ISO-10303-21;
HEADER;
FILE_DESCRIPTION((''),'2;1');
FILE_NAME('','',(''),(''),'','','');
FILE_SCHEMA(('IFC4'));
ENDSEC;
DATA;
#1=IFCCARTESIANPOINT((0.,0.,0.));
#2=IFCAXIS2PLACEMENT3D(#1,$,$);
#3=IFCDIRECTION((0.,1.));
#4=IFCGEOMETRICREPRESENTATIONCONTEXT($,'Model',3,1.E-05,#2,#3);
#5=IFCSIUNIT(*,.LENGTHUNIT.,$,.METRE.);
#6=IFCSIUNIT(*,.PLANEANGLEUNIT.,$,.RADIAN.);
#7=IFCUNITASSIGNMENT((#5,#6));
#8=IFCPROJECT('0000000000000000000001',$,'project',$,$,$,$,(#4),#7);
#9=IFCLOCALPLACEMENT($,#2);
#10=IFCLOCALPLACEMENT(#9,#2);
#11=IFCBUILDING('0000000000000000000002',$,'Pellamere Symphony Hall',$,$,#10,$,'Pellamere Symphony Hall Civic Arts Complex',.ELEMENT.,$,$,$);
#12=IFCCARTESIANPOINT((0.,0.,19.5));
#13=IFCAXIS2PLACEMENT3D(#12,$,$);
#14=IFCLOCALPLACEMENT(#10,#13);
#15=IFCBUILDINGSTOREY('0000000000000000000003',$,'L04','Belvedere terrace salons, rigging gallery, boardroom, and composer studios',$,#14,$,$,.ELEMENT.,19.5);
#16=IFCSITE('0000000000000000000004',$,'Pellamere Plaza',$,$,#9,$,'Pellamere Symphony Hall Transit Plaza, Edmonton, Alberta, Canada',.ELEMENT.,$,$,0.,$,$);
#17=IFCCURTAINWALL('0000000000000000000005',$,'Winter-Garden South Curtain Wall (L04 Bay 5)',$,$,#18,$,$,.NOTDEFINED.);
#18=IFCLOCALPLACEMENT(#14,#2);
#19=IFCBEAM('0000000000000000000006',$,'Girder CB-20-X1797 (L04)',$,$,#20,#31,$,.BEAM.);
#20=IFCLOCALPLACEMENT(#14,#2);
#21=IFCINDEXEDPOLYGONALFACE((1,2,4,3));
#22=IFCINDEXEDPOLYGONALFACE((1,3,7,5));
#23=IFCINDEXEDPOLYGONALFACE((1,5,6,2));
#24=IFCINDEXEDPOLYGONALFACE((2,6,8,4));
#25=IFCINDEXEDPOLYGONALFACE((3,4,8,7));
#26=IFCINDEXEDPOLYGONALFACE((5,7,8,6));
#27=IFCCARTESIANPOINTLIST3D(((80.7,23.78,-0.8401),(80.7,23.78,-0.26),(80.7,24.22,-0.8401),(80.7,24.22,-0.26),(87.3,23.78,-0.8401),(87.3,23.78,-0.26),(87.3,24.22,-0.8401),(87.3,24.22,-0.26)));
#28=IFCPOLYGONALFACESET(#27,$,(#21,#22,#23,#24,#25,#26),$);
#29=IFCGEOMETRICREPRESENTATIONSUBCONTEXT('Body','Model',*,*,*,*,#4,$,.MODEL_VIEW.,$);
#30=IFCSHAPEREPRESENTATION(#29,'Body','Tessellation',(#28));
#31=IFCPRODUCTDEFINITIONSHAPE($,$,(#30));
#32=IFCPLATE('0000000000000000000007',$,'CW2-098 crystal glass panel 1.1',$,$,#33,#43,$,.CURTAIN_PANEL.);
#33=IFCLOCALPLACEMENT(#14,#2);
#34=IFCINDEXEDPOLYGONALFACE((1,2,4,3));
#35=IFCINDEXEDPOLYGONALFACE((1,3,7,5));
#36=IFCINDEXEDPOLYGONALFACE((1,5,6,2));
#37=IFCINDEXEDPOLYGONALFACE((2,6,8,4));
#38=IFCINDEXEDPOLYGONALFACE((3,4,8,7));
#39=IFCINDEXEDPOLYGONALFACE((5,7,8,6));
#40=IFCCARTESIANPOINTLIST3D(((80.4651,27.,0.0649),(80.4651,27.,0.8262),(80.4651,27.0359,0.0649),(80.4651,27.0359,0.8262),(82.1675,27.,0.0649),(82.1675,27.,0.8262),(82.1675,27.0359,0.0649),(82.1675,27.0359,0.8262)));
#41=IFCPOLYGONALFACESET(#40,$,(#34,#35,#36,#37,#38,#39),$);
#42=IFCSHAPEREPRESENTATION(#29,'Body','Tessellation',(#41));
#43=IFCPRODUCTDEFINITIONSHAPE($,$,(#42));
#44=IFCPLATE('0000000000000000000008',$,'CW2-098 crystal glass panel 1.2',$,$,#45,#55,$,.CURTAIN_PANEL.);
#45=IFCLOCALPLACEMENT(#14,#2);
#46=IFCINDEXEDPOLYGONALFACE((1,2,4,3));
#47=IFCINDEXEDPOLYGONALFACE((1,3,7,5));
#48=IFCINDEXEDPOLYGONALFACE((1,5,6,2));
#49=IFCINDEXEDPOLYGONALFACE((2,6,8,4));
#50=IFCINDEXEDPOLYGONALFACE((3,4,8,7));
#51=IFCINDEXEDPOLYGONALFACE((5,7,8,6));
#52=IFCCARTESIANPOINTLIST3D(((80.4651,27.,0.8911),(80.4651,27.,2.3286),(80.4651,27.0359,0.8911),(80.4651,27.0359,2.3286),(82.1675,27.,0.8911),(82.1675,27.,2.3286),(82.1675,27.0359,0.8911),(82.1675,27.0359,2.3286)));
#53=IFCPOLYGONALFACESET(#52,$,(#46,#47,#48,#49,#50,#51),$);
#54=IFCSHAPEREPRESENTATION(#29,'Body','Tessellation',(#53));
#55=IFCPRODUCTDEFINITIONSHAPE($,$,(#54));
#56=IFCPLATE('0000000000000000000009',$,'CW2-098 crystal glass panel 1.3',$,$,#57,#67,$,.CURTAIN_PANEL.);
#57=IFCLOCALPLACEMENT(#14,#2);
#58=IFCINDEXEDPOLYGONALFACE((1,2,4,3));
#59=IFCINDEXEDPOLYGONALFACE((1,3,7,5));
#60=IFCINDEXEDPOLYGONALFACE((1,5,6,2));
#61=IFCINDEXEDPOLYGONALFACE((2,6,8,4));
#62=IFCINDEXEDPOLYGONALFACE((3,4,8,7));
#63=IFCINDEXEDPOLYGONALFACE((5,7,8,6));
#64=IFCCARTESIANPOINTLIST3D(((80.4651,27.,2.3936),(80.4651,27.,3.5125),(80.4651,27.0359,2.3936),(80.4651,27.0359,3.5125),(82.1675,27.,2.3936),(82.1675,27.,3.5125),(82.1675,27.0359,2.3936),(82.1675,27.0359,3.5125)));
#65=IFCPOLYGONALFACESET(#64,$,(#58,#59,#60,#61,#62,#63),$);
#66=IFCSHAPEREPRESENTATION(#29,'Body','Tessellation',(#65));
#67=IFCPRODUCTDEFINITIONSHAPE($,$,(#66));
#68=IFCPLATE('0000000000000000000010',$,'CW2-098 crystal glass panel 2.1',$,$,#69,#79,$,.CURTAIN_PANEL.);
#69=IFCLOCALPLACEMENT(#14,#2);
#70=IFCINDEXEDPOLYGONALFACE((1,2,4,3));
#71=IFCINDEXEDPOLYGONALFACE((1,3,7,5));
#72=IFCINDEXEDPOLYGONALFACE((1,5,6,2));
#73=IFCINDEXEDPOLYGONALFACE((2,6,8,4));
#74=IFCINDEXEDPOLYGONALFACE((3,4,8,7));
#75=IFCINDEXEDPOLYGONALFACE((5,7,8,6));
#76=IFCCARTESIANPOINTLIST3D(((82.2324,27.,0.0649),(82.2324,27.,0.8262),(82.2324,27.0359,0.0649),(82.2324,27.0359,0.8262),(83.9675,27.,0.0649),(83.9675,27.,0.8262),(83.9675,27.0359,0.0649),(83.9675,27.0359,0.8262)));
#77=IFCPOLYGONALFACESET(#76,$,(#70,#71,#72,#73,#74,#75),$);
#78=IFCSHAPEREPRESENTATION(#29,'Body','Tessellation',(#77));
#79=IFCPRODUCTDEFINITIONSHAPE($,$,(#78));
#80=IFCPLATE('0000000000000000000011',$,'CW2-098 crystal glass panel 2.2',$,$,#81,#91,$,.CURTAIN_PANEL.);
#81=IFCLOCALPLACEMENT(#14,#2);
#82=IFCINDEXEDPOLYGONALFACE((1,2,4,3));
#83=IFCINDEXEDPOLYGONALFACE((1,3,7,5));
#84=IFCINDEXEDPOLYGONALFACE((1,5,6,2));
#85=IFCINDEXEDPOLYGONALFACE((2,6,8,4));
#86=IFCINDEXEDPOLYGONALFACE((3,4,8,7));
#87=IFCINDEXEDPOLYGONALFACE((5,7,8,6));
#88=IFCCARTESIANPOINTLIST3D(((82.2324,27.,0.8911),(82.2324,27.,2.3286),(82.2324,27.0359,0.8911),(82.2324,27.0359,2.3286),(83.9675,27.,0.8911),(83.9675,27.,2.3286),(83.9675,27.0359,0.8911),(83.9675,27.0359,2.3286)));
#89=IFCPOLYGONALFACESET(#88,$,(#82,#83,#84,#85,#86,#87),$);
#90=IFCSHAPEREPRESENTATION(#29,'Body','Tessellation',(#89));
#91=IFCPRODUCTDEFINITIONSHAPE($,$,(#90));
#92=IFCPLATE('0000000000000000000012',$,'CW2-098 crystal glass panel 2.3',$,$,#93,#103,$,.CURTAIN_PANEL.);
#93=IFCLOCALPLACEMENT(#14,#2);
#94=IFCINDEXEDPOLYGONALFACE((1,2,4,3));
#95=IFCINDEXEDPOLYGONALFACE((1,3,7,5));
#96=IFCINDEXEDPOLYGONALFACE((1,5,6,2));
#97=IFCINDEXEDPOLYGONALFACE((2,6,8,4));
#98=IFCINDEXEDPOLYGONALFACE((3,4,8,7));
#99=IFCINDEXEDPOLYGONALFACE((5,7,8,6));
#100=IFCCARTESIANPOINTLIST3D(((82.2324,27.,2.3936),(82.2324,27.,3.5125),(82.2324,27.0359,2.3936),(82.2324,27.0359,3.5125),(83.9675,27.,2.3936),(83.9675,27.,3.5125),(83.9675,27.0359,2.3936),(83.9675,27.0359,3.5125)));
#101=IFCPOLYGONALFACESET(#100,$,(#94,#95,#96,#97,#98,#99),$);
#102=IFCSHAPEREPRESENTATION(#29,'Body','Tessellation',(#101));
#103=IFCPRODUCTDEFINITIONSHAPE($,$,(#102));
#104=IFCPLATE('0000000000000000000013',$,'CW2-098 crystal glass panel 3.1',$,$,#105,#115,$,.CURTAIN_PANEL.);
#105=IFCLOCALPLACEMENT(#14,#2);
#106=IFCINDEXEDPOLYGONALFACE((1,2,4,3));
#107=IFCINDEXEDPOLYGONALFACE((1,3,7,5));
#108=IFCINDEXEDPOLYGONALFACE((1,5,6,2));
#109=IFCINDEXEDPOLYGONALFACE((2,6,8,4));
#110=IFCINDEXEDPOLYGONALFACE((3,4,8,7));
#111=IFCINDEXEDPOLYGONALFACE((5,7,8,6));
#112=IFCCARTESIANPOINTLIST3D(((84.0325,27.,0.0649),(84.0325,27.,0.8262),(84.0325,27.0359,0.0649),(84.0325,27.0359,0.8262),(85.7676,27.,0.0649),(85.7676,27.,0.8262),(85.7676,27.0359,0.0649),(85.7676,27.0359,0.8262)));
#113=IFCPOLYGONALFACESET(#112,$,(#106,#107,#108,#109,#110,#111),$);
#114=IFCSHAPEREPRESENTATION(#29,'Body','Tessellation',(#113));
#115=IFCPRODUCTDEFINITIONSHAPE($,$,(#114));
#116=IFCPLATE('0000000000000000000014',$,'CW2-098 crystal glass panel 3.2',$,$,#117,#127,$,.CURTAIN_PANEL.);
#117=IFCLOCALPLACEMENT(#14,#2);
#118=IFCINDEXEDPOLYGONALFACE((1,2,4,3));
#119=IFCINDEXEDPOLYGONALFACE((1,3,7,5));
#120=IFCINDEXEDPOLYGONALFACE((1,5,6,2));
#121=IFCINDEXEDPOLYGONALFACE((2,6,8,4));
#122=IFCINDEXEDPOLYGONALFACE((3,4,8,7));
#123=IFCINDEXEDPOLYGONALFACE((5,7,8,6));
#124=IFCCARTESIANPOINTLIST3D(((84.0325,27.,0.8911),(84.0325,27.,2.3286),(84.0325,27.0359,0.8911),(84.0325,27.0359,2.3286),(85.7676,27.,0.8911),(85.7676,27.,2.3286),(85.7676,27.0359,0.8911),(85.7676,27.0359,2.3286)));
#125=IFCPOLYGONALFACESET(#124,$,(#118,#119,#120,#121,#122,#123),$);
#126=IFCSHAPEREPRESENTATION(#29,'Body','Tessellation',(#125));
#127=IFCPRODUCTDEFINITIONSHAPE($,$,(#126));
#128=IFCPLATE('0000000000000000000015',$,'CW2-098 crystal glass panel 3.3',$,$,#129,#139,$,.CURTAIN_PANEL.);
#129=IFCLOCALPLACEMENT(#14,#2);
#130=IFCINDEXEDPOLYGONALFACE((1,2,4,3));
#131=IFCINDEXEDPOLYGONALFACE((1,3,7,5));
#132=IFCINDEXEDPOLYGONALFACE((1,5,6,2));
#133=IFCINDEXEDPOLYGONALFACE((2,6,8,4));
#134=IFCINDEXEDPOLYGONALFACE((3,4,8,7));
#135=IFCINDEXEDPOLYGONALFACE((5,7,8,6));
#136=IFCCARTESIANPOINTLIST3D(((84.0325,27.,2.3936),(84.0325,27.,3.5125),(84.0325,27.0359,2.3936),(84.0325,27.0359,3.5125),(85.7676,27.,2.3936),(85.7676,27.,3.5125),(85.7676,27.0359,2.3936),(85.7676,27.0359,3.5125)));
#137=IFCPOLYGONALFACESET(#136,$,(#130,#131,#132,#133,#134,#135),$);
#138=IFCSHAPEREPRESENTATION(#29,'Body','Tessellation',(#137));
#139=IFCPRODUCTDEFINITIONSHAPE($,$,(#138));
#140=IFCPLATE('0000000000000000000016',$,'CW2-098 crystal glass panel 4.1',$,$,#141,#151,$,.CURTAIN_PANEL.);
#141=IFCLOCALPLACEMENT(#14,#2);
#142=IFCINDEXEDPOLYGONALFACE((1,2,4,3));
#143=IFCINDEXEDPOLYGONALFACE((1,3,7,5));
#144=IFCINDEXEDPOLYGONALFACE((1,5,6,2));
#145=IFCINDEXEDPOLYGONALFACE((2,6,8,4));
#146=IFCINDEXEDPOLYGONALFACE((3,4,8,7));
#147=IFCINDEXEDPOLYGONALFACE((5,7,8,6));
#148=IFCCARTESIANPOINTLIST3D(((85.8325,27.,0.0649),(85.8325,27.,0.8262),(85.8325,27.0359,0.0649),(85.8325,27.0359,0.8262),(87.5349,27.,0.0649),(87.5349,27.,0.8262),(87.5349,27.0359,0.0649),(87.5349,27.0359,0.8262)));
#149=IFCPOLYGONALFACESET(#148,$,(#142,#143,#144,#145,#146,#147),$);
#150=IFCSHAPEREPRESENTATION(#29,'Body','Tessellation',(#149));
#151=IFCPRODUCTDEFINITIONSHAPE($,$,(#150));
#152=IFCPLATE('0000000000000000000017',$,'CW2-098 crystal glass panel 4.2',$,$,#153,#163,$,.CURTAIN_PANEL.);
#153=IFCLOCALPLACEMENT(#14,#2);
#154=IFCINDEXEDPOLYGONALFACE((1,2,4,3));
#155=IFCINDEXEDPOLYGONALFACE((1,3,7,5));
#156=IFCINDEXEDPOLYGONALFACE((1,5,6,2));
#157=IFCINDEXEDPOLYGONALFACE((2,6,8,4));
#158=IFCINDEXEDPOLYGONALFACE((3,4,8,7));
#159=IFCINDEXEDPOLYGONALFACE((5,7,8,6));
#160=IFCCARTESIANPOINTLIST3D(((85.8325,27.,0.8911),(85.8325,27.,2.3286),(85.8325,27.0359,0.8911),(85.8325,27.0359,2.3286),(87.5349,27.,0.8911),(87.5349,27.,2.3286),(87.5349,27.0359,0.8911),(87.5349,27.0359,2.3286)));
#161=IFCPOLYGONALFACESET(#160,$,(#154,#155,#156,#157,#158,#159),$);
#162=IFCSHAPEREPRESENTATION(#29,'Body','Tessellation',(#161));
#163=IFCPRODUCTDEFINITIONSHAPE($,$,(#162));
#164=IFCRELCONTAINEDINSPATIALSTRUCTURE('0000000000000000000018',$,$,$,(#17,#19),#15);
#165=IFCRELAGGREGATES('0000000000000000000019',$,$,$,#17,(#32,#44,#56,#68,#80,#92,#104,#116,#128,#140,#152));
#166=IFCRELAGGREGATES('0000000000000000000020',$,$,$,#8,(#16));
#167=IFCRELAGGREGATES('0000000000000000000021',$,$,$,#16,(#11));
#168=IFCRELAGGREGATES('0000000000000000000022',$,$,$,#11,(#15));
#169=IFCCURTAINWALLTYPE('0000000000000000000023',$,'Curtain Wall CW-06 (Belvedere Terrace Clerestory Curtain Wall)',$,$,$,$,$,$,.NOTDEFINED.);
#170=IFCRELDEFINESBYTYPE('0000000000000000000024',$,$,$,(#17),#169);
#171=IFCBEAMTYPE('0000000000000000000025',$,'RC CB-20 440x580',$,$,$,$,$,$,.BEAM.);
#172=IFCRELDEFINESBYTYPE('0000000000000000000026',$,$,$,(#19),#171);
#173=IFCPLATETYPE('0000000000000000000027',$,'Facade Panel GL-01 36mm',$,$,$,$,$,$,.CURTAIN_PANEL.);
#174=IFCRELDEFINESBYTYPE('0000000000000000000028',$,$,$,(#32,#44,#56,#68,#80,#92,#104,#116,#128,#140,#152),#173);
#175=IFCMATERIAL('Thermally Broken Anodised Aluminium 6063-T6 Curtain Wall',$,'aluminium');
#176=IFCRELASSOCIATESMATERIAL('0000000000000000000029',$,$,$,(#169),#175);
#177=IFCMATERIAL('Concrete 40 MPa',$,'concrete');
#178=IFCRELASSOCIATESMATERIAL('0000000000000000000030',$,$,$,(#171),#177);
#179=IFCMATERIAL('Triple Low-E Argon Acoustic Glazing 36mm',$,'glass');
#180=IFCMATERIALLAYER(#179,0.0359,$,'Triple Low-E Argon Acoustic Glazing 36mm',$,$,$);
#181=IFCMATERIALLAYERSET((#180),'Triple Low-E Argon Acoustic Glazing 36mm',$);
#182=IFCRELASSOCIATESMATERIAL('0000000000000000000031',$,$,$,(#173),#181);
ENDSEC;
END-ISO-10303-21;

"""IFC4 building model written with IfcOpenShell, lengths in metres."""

from ifc_helpers import new_model, si_unit, direction, frame, origin, origin_2d, place, context, subcontext, project, spatial, polyline, rectangle, outline, extrude, material, layer, layer_set, material_profile, profile_set, type_object, element, aggregate, save


model = new_model("IFC4")

# Units and contexts
model_context = context("Model", 3, precision=1e-05, world=origin(), true_north=direction((0.0, 1.0)))
body_context = subcontext(model_context, "Body", "Model", "MODEL_VIEW")
ifc_project = project(units=[si_unit("LENGTHUNIT", "METRE"), si_unit("PLANEANGLEUNIT", "RADIAN")], contexts=[model_context])

# Site, building, storey
site_placement = place(None, origin())
site = spatial("IfcSite", under=ifc_project, at=site_placement, Name="Pellamere Plaza", LongName="Pellamere Symphony Hall Transit Plaza, Edmonton, Alberta, Canada", CompositionType="ELEMENT", RefElevation=0.0)
building_placement = place(site_placement, origin())
building = spatial("IfcBuilding", under=site, at=building_placement, Name="Pellamere Symphony Hall", LongName="Pellamere Symphony Hall Civic Arts Complex", CompositionType="ELEMENT")
storey_placement = place(building_placement, frame((0.0, 0.0, 19.5)))
storey = spatial("IfcBuildingStorey", under=building, at=storey_placement, Name="L04", Description="Belvedere terrace salons, rigging gallery, boardroom, and composer studios", CompositionType="ELEMENT", Elevation=19.5)

# Curtain wall
ifc_material_1 = material(Name="Thermally Broken Anodised Aluminium 6063-T6 Curtain Wall", Category="aluminium")
curtain_wall_type_1 = type_object("IfcCurtainWallType", Name="Curtain Wall CW-06 (Belvedere Terrace Clerestory Curtain Wall)", PredefinedType="NOTDEFINED", material=ifc_material_1)
curtain_wall_1_placement = place(storey_placement, origin())
curtain_wall_1 = element("IfcCurtainWall", 1, at=curtain_wall_1_placement, inside=storey, type_object=curtain_wall_type_1, Name="Winter-Garden South Curtain Wall (L04 Bay 5)", PredefinedType="NOTDEFINED")

# Beam
ifc_material_2 = material(Name="Concrete 40 MPa", Category="concrete")
ifc_material_profile_1 = material_profile(ifc_material_2, rectangle(XDim=0.4399, YDim=0.5801, at=origin_2d()), Name="RC 440x580")
ifc_profile_set_1 = profile_set([ifc_material_profile_1], Name="Concrete 40 MPa")
beam_type_1 = type_object("IfcBeamType", Name="RC CB-20 440x580", PredefinedType="BEAM", material=ifc_profile_set_1)
beam_1_placement = place(storey_placement, frame((80.7, 24.0, -0.55), z_axis=(1.0, 0.0, 0.0), x_axis=(0.0, 1.0, 0.0)))
element("IfcBeam", 2, at=beam_1_placement, inside=storey, type_object=beam_type_1, Name="Girder CB-20-X1797 (L04)", PredefinedType="BEAM", context=body_context, shape_type="SweptSolid", body=[
    extrude(rectangle(XDim=0.4399, YDim=0.5801, at=origin_2d()), origin(), (0.0, 0.0, 1.0), 6.6001),
])

# Plates
ifc_material_3 = material(Name="Triple Low-E Argon Acoustic Glazing 36mm", Category="glass")
ifc_layer = layer(ifc_material_3, 0.0359, Name="Triple Low-E Argon Acoustic Glazing 36mm")
ifc_layer_set = layer_set([ifc_layer], Name="Triple Low-E Argon Acoustic Glazing 36mm")
plate_type = type_object("IfcPlateType", Name="Facade Panel GL-01 36mm", PredefinedType="CURTAIN_PANEL", material=ifc_layer_set)
plate_1_placement = place(storey_placement, frame((80.4651, 27.0, 0.0649), z_axis=(0.0, -1.0, 0.0), x_axis=(1.0, 0.0, 0.0)))
plate_1 = element("IfcPlate", 3, at=plate_1_placement, type_object=plate_type, Name="CW2-098 crystal glass panel 1.1", PredefinedType="CURTAIN_PANEL", context=body_context, shape_type="SweptSolid", body=[
    extrude(outline(polyline([(0.0, 0.0), (1.7024, 0.0), (1.7024, 0.7612), (0.0, 0.7612), (0.0, 0.0)])), origin(), (0.0, 0.0, -1.0), 0.0359),
])
plate_2_placement = place(storey_placement, frame((80.4651, 27.0, 0.8911), z_axis=(0.0, -1.0, 0.0), x_axis=(1.0, 0.0, 0.0)))
plate_2 = element("IfcPlate", 4, at=plate_2_placement, type_object=plate_type, Name="CW2-098 crystal glass panel 1.2", PredefinedType="CURTAIN_PANEL", context=body_context, shape_type="SweptSolid", body=[
    extrude(outline(polyline([(0.0, 0.0), (1.7024, 0.0), (1.7024, 1.4375), (0.0, 1.4375), (0.0, 0.0)])), origin(), (0.0, 0.0, -1.0), 0.0359),
])
plate_3_placement = place(storey_placement, frame((80.4651, 27.0, 2.3936), z_axis=(0.0, -1.0, 0.0), x_axis=(1.0, 0.0, 0.0)))
plate_3 = element("IfcPlate", 5, at=plate_3_placement, type_object=plate_type, Name="CW2-098 crystal glass panel 1.3", PredefinedType="CURTAIN_PANEL", context=body_context, shape_type="SweptSolid", body=[
    extrude(outline(polyline([(0.0, 0.0), (1.7024, 0.0), (1.7024, 1.1189), (0.0, 1.1189), (0.0, 0.0)])), origin(), (0.0, 0.0, -1.0), 0.0359),
])
plate_4_placement = place(storey_placement, frame((82.2324, 27.0, 0.0649), z_axis=(0.0, -1.0, 0.0), x_axis=(1.0, 0.0, 0.0)))
plate_4 = element("IfcPlate", 6, at=plate_4_placement, type_object=plate_type, Name="CW2-098 crystal glass panel 2.1", PredefinedType="CURTAIN_PANEL", context=body_context, shape_type="SweptSolid", body=[
    extrude(outline(polyline([(0.0, 0.0), (1.7351, 0.0), (1.7351, 0.7612), (0.0, 0.7612), (0.0, 0.0)])), origin(), (0.0, 0.0, -1.0), 0.0359),
])
plate_5_placement = place(storey_placement, frame((82.2324, 27.0, 0.8911), z_axis=(0.0, -1.0, 0.0), x_axis=(1.0, 0.0, 0.0)))
plate_5 = element("IfcPlate", 7, at=plate_5_placement, type_object=plate_type, Name="CW2-098 crystal glass panel 2.2", PredefinedType="CURTAIN_PANEL", context=body_context, shape_type="SweptSolid", body=[
    extrude(outline(polyline([(0.0, 0.0), (1.7351, 0.0), (1.7351, 1.4375), (0.0, 1.4375), (0.0, 0.0)])), origin(), (0.0, 0.0, -1.0), 0.0359),
])
plate_6_placement = place(storey_placement, frame((82.2324, 27.0, 2.3936), z_axis=(0.0, -1.0, 0.0), x_axis=(1.0, 0.0, 0.0)))
plate_6 = element("IfcPlate", 8, at=plate_6_placement, type_object=plate_type, Name="CW2-098 crystal glass panel 2.3", PredefinedType="CURTAIN_PANEL", context=body_context, shape_type="SweptSolid", body=[
    extrude(outline(polyline([(0.0, 0.0), (1.7351, 0.0), (1.7351, 1.1189), (0.0, 1.1189), (0.0, 0.0)])), origin(), (0.0, 0.0, -1.0), 0.0359),
])
plate_7_placement = place(storey_placement, frame((84.0325, 27.0, 0.0649), z_axis=(0.0, -1.0, 0.0), x_axis=(1.0, 0.0, 0.0)))
plate_7 = element("IfcPlate", 9, at=plate_7_placement, type_object=plate_type, Name="CW2-098 crystal glass panel 3.1", PredefinedType="CURTAIN_PANEL", context=body_context, shape_type="SweptSolid", body=[
    extrude(outline(polyline([(0.0, 0.0), (1.7351, 0.0), (1.7351, 0.7612), (0.0, 0.7612), (0.0, 0.0)])), origin(), (0.0, 0.0, -1.0), 0.0359),
])
plate_8_placement = place(storey_placement, frame((84.0325, 27.0, 0.8911), z_axis=(0.0, -1.0, 0.0), x_axis=(1.0, 0.0, 0.0)))
plate_8 = element("IfcPlate", 10, at=plate_8_placement, type_object=plate_type, Name="CW2-098 crystal glass panel 3.2", PredefinedType="CURTAIN_PANEL", context=body_context, shape_type="SweptSolid", body=[
    extrude(outline(polyline([(0.0, 0.0), (1.7351, 0.0), (1.7351, 1.4375), (0.0, 1.4375), (0.0, 0.0)])), origin(), (0.0, 0.0, -1.0), 0.0359),
])
plate_9_placement = place(storey_placement, frame((84.0325, 27.0, 2.3936), z_axis=(0.0, -1.0, 0.0), x_axis=(1.0, 0.0, 0.0)))
plate_9 = element("IfcPlate", 11, at=plate_9_placement, type_object=plate_type, Name="CW2-098 crystal glass panel 3.3", PredefinedType="CURTAIN_PANEL", context=body_context, shape_type="SweptSolid", body=[
    extrude(outline(polyline([(0.0, 0.0), (1.7351, 0.0), (1.7351, 1.1189), (0.0, 1.1189), (0.0, 0.0)])), origin(), (0.0, 0.0, -1.0), 0.0359),
])
plate_10_placement = place(storey_placement, frame((85.8325, 27.0, 0.0649), z_axis=(0.0, -1.0, 0.0), x_axis=(1.0, 0.0, 0.0)))
plate_10 = element("IfcPlate", 12, at=plate_10_placement, type_object=plate_type, Name="CW2-098 crystal glass panel 4.1", PredefinedType="CURTAIN_PANEL", context=body_context, shape_type="SweptSolid", body=[
    extrude(outline(polyline([(0.0, 0.0), (1.7024, 0.0), (1.7024, 0.7612), (0.0, 0.7612), (0.0, 0.0)])), origin(), (0.0, 0.0, -1.0), 0.0359),
])
plate_11_placement = place(storey_placement, frame((85.8325, 27.0, 0.8911), z_axis=(0.0, -1.0, 0.0), x_axis=(1.0, 0.0, 0.0)))
plate_11 = element("IfcPlate", 13, at=plate_11_placement, type_object=plate_type, Name="CW2-098 crystal glass panel 4.2", PredefinedType="CURTAIN_PANEL", context=body_context, shape_type="SweptSolid", body=[
    extrude(outline(polyline([(0.0, 0.0), (1.7024, 0.0), (1.7024, 1.4375), (0.0, 1.4375), (0.0, 0.0)])), origin(), (0.0, 0.0, -1.0), 0.0359),
])
aggregate(curtain_wall_1, [plate_1, plate_2, plate_3, plate_4, plate_5, plate_6, plate_7, plate_8, plate_9, plate_10, plate_11])

save(model, "model.ifc")
